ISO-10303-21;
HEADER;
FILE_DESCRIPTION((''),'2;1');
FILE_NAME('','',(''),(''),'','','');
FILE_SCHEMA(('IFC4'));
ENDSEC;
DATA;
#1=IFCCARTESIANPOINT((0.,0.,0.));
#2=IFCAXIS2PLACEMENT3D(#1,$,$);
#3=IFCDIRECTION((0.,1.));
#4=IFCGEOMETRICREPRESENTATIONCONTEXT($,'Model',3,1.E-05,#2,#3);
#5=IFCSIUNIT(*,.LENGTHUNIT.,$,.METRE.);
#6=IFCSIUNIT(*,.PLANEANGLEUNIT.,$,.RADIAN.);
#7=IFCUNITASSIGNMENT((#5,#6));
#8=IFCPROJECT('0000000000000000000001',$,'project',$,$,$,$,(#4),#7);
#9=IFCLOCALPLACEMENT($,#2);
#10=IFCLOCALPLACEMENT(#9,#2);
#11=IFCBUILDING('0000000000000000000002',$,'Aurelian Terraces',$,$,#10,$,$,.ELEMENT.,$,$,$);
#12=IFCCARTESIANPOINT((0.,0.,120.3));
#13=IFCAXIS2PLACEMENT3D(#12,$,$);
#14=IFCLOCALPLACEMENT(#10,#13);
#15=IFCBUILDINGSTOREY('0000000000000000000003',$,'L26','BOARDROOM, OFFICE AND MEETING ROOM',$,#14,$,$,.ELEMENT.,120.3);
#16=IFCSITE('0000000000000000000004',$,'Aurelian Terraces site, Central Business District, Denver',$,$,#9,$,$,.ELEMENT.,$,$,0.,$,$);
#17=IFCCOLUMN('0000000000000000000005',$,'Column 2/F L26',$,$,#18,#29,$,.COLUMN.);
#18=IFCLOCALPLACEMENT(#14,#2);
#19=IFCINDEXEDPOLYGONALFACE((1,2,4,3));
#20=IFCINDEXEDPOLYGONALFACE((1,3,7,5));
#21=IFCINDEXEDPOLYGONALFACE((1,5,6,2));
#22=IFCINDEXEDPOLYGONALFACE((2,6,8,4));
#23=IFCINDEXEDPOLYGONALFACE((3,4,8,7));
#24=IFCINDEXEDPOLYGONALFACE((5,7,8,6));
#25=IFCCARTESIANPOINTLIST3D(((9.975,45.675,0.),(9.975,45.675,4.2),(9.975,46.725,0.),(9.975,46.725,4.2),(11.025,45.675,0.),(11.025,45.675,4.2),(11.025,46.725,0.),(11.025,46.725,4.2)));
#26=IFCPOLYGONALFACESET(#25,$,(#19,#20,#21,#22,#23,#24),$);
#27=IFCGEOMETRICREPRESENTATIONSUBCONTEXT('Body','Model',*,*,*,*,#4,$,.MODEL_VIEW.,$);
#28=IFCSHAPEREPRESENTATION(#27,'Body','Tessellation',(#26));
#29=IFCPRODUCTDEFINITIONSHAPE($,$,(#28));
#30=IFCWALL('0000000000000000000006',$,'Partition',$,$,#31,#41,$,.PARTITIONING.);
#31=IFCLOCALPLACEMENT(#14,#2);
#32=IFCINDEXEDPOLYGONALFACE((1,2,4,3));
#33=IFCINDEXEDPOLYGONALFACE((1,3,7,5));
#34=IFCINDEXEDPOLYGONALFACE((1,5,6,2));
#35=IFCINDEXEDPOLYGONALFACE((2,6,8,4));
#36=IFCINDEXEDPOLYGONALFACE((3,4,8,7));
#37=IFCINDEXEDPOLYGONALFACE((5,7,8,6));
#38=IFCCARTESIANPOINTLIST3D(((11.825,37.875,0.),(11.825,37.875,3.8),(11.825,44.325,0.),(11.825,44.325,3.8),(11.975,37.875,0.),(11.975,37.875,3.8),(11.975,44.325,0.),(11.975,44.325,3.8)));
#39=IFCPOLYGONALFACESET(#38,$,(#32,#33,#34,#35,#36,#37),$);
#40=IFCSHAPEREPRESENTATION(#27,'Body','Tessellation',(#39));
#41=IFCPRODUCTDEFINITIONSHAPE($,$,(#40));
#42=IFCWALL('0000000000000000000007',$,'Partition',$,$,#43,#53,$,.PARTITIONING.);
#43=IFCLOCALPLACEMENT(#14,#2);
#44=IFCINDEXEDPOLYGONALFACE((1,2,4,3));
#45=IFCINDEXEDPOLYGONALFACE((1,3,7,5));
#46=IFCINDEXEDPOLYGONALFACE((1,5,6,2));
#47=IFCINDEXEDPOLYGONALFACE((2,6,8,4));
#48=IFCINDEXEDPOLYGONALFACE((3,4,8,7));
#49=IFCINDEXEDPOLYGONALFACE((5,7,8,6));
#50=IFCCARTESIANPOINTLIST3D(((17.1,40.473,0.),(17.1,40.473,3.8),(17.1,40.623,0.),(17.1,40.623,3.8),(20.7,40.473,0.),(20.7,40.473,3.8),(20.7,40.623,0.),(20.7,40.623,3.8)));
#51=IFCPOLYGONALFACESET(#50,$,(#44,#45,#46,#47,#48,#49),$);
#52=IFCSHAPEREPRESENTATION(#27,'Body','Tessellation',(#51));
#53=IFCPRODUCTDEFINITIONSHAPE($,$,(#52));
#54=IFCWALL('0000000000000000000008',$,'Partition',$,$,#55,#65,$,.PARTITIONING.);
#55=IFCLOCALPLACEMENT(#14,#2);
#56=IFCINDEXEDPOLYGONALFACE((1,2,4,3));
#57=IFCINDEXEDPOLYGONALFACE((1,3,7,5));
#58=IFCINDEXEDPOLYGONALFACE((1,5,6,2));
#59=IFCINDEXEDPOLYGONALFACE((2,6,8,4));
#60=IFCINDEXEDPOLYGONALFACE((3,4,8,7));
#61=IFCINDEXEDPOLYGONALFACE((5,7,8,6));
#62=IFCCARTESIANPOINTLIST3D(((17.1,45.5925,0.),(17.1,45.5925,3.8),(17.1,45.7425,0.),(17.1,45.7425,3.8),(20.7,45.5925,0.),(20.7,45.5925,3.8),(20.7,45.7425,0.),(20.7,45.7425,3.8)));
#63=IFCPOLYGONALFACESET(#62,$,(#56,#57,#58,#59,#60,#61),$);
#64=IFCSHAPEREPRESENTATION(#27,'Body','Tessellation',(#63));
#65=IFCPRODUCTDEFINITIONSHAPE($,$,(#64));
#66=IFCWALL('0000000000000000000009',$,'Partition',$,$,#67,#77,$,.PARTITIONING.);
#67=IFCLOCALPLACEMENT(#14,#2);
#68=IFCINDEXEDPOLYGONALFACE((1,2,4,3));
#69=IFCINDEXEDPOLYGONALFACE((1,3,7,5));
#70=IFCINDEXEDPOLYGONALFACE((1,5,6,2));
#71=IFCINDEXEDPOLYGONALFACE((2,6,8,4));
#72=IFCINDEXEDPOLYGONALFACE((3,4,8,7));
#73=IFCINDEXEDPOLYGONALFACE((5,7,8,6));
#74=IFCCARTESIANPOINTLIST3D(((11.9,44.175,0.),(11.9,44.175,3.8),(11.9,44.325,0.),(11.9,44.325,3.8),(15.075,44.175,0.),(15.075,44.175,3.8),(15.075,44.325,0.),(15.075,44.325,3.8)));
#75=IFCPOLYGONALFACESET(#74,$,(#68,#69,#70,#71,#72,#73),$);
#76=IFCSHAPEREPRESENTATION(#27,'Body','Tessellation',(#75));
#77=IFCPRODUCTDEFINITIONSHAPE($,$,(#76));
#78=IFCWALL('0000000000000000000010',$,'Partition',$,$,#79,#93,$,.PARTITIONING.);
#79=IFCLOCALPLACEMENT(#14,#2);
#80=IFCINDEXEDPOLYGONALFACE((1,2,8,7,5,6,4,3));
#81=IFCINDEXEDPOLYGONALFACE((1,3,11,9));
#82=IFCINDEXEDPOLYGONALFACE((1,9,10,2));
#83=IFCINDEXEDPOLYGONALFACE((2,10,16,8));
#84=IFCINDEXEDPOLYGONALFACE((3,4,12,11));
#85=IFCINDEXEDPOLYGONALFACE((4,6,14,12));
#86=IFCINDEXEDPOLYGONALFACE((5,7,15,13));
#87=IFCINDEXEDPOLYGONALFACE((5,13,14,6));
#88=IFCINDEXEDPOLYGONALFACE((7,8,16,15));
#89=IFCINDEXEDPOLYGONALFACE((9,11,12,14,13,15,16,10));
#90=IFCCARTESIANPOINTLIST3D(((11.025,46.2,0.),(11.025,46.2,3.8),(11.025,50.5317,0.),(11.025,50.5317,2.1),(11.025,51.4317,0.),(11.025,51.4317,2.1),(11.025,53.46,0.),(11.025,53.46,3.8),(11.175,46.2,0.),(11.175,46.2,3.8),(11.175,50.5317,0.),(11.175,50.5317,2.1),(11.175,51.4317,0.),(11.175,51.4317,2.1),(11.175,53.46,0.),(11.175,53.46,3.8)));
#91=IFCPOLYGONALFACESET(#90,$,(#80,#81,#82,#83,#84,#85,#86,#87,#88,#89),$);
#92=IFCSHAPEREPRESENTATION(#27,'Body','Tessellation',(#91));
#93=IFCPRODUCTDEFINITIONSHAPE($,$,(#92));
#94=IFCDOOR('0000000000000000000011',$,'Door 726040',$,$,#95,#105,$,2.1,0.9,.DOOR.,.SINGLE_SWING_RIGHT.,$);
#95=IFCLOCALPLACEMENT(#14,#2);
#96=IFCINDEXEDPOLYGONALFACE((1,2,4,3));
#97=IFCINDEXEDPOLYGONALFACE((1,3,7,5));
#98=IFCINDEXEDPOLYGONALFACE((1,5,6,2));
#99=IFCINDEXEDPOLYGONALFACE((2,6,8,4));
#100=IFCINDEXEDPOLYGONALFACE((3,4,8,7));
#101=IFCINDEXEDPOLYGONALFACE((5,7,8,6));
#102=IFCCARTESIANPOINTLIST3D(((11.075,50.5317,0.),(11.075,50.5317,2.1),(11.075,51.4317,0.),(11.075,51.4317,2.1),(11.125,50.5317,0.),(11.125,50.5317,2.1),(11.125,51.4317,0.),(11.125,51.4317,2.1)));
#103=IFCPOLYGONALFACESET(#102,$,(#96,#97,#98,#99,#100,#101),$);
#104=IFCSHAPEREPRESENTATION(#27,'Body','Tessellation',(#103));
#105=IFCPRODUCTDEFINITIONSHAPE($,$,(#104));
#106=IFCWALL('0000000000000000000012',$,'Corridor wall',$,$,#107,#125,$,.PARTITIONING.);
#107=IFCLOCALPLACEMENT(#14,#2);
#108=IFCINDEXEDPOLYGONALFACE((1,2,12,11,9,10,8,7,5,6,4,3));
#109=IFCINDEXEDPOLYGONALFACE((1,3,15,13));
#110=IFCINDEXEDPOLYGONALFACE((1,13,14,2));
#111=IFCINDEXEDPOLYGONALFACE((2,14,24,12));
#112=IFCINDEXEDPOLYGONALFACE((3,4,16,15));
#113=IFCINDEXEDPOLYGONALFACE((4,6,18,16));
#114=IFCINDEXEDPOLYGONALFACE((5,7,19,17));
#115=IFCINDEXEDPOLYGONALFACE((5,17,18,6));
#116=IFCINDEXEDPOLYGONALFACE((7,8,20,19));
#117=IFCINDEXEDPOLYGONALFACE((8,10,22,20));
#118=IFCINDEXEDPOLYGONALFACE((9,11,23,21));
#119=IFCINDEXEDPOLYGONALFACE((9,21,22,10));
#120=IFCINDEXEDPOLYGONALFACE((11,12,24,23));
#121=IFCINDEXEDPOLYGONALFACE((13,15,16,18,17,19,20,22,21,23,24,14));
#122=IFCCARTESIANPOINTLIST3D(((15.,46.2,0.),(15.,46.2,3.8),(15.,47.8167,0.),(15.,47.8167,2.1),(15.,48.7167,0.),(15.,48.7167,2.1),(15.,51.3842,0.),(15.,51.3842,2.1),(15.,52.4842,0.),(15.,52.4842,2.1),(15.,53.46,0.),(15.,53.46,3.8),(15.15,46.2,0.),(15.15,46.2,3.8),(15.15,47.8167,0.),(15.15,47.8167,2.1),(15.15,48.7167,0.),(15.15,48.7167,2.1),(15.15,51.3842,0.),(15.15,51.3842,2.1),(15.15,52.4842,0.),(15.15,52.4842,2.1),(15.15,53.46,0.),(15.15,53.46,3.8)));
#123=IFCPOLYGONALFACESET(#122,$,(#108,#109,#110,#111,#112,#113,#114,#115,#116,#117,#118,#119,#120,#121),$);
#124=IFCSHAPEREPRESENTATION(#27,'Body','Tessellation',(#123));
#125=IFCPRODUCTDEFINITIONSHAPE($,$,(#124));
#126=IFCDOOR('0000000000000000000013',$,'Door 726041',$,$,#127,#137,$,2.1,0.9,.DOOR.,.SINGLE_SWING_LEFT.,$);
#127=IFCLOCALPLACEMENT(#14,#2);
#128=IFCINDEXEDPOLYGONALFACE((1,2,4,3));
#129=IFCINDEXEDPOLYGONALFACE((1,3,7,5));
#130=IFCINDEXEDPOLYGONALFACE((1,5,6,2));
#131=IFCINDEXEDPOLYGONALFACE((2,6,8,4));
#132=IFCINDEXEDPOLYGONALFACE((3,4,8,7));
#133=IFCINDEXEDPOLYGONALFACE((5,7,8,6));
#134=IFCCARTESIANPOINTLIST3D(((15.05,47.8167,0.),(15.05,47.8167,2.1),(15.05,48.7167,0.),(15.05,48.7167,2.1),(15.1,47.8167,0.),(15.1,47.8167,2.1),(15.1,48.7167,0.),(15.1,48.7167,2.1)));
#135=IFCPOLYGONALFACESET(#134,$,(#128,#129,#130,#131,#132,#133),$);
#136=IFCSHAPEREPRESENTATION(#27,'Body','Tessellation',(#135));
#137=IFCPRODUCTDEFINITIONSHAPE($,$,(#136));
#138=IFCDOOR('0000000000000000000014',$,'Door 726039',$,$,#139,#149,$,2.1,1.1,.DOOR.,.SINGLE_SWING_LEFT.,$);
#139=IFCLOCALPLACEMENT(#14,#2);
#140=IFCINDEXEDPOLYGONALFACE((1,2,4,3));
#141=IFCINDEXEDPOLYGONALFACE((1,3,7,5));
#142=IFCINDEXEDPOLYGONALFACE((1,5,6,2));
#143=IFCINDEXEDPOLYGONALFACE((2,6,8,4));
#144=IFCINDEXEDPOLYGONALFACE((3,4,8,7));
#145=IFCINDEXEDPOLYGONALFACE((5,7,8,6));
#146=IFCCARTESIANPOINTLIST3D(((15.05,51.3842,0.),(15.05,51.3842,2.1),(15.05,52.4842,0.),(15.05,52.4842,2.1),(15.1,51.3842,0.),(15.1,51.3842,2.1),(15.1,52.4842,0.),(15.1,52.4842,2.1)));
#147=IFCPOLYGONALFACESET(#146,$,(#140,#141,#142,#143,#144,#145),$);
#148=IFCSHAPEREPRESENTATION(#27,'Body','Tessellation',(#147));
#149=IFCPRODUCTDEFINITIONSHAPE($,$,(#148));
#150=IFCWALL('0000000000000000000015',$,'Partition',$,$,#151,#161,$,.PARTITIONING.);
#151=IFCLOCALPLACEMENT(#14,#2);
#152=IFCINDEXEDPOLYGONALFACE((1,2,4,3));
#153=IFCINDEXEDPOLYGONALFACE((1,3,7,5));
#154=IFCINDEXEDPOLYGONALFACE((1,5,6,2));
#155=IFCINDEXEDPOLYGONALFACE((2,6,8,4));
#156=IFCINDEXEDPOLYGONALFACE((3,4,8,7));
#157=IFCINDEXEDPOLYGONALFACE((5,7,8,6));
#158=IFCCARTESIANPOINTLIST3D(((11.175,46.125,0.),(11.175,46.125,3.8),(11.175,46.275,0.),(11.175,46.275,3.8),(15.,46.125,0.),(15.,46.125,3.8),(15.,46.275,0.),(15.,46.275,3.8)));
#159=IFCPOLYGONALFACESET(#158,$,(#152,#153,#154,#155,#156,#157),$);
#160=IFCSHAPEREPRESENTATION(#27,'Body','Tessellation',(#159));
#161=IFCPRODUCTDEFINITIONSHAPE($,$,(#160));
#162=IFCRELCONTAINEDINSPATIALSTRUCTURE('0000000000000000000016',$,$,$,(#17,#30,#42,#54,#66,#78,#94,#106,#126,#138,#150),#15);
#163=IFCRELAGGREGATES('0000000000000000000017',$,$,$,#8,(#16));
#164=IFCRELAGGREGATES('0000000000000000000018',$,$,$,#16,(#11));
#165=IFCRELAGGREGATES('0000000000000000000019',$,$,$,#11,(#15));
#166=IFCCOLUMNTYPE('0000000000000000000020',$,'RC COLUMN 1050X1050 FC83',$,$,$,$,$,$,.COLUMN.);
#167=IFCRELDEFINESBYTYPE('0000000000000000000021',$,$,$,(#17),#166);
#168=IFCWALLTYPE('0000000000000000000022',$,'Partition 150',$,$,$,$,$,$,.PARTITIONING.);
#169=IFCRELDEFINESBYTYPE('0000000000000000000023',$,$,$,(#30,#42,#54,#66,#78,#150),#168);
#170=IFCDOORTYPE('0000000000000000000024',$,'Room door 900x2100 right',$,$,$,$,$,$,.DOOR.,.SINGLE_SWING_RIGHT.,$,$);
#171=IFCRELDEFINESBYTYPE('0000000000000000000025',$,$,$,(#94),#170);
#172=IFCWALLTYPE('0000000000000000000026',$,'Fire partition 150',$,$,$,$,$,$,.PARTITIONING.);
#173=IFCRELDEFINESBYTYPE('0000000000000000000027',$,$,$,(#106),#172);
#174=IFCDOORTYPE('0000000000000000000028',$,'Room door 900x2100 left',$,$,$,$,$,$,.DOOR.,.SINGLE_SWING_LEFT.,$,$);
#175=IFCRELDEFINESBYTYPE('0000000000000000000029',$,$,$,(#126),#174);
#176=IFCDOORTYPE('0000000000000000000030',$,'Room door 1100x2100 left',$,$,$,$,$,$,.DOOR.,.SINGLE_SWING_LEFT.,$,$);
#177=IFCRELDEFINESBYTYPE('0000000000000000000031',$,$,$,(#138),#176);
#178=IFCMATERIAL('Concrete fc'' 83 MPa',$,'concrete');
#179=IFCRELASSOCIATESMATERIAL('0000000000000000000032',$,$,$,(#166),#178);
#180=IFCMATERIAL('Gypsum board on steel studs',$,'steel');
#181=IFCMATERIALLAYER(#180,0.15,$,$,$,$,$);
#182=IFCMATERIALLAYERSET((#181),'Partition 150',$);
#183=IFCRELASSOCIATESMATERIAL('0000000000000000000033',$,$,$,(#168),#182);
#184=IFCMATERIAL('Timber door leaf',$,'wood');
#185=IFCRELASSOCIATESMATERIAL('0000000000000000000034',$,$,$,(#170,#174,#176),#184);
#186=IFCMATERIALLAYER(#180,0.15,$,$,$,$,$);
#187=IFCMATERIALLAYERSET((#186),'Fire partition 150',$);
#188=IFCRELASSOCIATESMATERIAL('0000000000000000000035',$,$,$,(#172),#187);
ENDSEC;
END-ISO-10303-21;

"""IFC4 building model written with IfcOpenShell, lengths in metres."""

from ifc_helpers import new_model, si_unit, direction, frame, frame_2d, origin, origin_2d, place, context, subcontext, project, spatial, rectangle, extrude, source, transform, mapped, material, layer, layer_set, material_profile, profile_set, type_object, element, fill, save


model = new_model("IFC4")

# Units and contexts
model_context = context("Model", 3, precision=1e-05, world=origin(), true_north=direction((0.0, 1.0)))
body_context = subcontext(model_context, "Body", "Model", "MODEL_VIEW")
ifc_project = project(units=[si_unit("LENGTHUNIT", "METRE"), si_unit("PLANEANGLEUNIT", "RADIAN")], contexts=[model_context])

# Site, building, storey
site_placement = place(None, origin())
site = spatial("IfcSite", under=ifc_project, at=site_placement, Name="Aurelian Terraces site, Central Business District, Denver", CompositionType="ELEMENT", RefElevation=0.0)
building_placement = place(site_placement, origin())
building = spatial("IfcBuilding", under=site, at=building_placement, Name="Aurelian Terraces", CompositionType="ELEMENT")
storey_placement = place(building_placement, frame((0.0, 0.0, 120.3)))
storey = spatial("IfcBuildingStorey", under=building, at=storey_placement, Name="L26", Description="BOARDROOM, OFFICE AND MEETING ROOM", CompositionType="ELEMENT", Elevation=120.3)

# Column
ifc_material_1 = material(Name="Concrete fc' 83 MPa", Category="concrete")
ifc_material_profile = material_profile(ifc_material_1, rectangle(XDim=1.05, YDim=1.05, at=origin_2d()))
ifc_profile_set = profile_set([ifc_material_profile], Name="Concrete fc' 83 MPa")
column_type = type_object("IfcColumnType", Name="RC COLUMN 1050X1050 FC83", PredefinedType="COLUMN", material=ifc_profile_set)
shared_shape_1 = source(origin(), body_context, "Body", "SweptSolid", [
    extrude(rectangle(XDim=1.05, YDim=1.05, at=origin_2d()), origin(), (0.0, 0.0, 1.0), 4.2),
])
column_placement = place(storey_placement, frame((10.5, 46.2, 0.0), z_axis=(0.0, 0.0, 1.0), x_axis=(1.0, 0.0, 0.0)))
element("IfcColumn", 1, at=column_placement, inside=storey, type_object=column_type, Name="Column 2/F L26", PredefinedType="COLUMN", context=body_context, shape_type="MappedRepresentation", body=[
    mapped(shared_shape_1, transform((0.0, 0.0, 0.0), scale=1.0)),
])

# Walls
ifc_material_2 = material(Name="Gypsum board on steel studs", Category="steel")
ifc_layer_1 = layer(ifc_material_2, 0.15)
ifc_layer_set_1 = layer_set([ifc_layer_1], Name="Partition 150")
wall_type_1 = type_object("IfcWallType", Name="Partition 150", PredefinedType="PARTITIONING", material=ifc_layer_set_1)
shared_shape_2 = source(origin(), body_context, "Body", "SweptSolid", [
    extrude(rectangle(XDim=6.45, YDim=0.15, at=frame_2d((3.225, 0.0))), origin(), (0.0, 0.0, 1.0), 3.8),
])
wall_1_placement = place(storey_placement, frame((11.9, 44.325, 0.0), z_axis=(0.0, 0.0, 1.0), x_axis=(0.0, -1.0, 0.0)))
element("IfcWall", 2, at=wall_1_placement, inside=storey, type_object=wall_type_1, Name="Partition", PredefinedType="PARTITIONING", context=body_context, shape_type="MappedRepresentation", body=[
    mapped(shared_shape_2, transform((0.0, 0.0, 0.0), scale=1.0)),
])
shared_shape_3 = source(origin(), body_context, "Body", "SweptSolid", [
    extrude(rectangle(XDim=3.6, YDim=0.15, at=frame_2d((1.8, 0.0))), origin(), (0.0, 0.0, 1.0), 3.8),
])
for number, where, z_axis, x_axis, name in (
    (3, (17.1, 40.548, 0.0), (0.0, 0.0, 1.0), (1.0, 0.0, 0.0), "Partition"),
    (4, (17.1, 45.6675, 0.0), (0.0, 0.0, 1.0), (1.0, 0.0, 0.0), "Partition"),
):
    element("IfcWall", number, at=place(storey_placement, frame(where, z_axis=z_axis, x_axis=x_axis)), inside=storey, type_object=wall_type_1, Name=name, PredefinedType="PARTITIONING", context=body_context, shape_type="MappedRepresentation", body=[
        mapped(shared_shape_3, transform((0.0, 0.0, 0.0), scale=1.0)),
    ])
shared_shape_4 = source(origin(), body_context, "Body", "SweptSolid", [
    extrude(rectangle(XDim=3.175, YDim=0.15, at=frame_2d((1.5875, 0.0))), origin(), (0.0, 0.0, 1.0), 3.8),
])
wall_2_placement = place(storey_placement, frame((15.075, 44.25, 0.0), z_axis=(0.0, 0.0, 1.0), x_axis=(-1.0, 0.0, 0.0)))
element("IfcWall", 5, at=wall_2_placement, inside=storey, type_object=wall_type_1, Name="Partition", PredefinedType="PARTITIONING", context=body_context, shape_type="MappedRepresentation", body=[
    mapped(shared_shape_4, transform((0.0, 0.0, 0.0), scale=1.0)),
])

# Wall, opening, door
shared_shape_5 = source(origin(), body_context, "Body", "SweptSolid", [
    extrude(rectangle(XDim=7.26, YDim=0.15, at=frame_2d((3.63, 0.0))), origin(), (0.0, 0.0, 1.0), 3.8),
])
wall_3_placement = place(storey_placement, frame((11.1, 46.2, 0.0), z_axis=(0.0, 0.0, 1.0), x_axis=(0.0, 1.0, 0.0)))
wall_3 = element("IfcWall", 6, at=wall_3_placement, inside=storey, type_object=wall_type_1, Name="Partition", PredefinedType="PARTITIONING", context=body_context, shape_type="MappedRepresentation", body=[
    mapped(shared_shape_5, transform((0.0, 0.0, 0.0), scale=1.0)),
])
shared_shape_6 = source(origin(), body_context, "Body", "SweptSolid", [
    extrude(rectangle(XDim=0.9, YDim=2.1, at=frame_2d((0.45, 1.05))), frame((0.0, 0.085, 0.0), z_axis=(0.0, -1.0, 0.0), x_axis=(1.0, 0.0, 0.0)), (0.0, 0.0, 1.0), 0.17),
])
opening_1_placement = place(wall_3_placement, frame((4.3317, 0.0, 0.0)))
opening_1 = element("IfcOpeningElement", 7, at=opening_1_placement, cuts=wall_3, PredefinedType="OPENING", context=body_context, shape_type="MappedRepresentation", body=[
    mapped(shared_shape_6, transform((0.0, 0.0, 0.0), scale=1.0)),
])
ifc_material_3 = material(Name="Timber door leaf", Category="wood")
door_type_1 = type_object("IfcDoorType", Name="Room door 900x2100 right", OperationType="SINGLE_SWING_RIGHT", PredefinedType="DOOR", material=ifc_material_3)
shared_shape_7 = source(origin(), body_context, "Body", "SweptSolid", [
    extrude(rectangle(XDim=0.9, YDim=2.1, at=frame_2d((0.45, 1.05))), frame((0.0, 0.025, 0.0), z_axis=(0.0, -1.0, 0.0), x_axis=(1.0, 0.0, 0.0)), (0.0, 0.0, 1.0), 0.05),
])
door_1_placement = place(opening_1_placement, origin())
door_1 = element("IfcDoor", 8, at=door_1_placement, inside=storey, type_object=door_type_1, Name="Door 726040", OperationType="SINGLE_SWING_RIGHT", OverallHeight=2.1, OverallWidth=0.9, PredefinedType="DOOR", context=body_context, shape_type="MappedRepresentation", body=[
    mapped(shared_shape_7, transform((0.0, 0.0, 0.0), scale=1.0)),
])
fill(opening_1, door_1)

# Wall, openings, doors
ifc_layer_2 = layer(ifc_material_2, 0.15)
ifc_layer_set_2 = layer_set([ifc_layer_2], Name="Fire partition 150")
wall_type_2 = type_object("IfcWallType", Name="Fire partition 150", PredefinedType="PARTITIONING", material=ifc_layer_set_2)
wall_4_placement = place(storey_placement, frame((15.075, 46.2, 0.0), z_axis=(0.0, 0.0, 1.0), x_axis=(0.0, 1.0, 0.0)))
wall_4 = element("IfcWall", 9, at=wall_4_placement, inside=storey, type_object=wall_type_2, Name="Corridor wall", PredefinedType="PARTITIONING", context=body_context, shape_type="MappedRepresentation", body=[
    mapped(shared_shape_5, transform((0.0, 0.0, 0.0), scale=1.0)),
])
shared_shape_8 = source(origin(), body_context, "Body", "SweptSolid", [
    extrude(rectangle(XDim=1.1, YDim=2.1, at=frame_2d((0.55, 1.05))), frame((0.0, 0.085, 0.0), z_axis=(0.0, -1.0, 0.0), x_axis=(1.0, 0.0, 0.0)), (0.0, 0.0, 1.0), 0.17),
])
opening_2_placement = place(wall_4_placement, frame((5.1842, 0.0, 0.0)))
opening_2 = element("IfcOpeningElement", 10, at=opening_2_placement, cuts=wall_4, PredefinedType="OPENING", context=body_context, shape_type="MappedRepresentation", body=[
    mapped(shared_shape_8, transform((0.0, 0.0, 0.0), scale=1.0)),
])
opening_3_placement = place(wall_4_placement, frame((1.6167, 0.0, 0.0)))
opening_3 = element("IfcOpeningElement", 11, at=opening_3_placement, cuts=wall_4, PredefinedType="OPENING", context=body_context, shape_type="MappedRepresentation", body=[
    mapped(shared_shape_6, transform((0.0, 0.0, 0.0), scale=1.0)),
])
door_type_2 = type_object("IfcDoorType", Name="Room door 900x2100 left", OperationType="SINGLE_SWING_LEFT", PredefinedType="DOOR", material=ifc_material_3)
door_2_placement = place(opening_3_placement, origin())
door_2 = element("IfcDoor", 12, at=door_2_placement, inside=storey, type_object=door_type_2, Name="Door 726041", OperationType="SINGLE_SWING_LEFT", OverallHeight=2.1, OverallWidth=0.9, PredefinedType="DOOR", context=body_context, shape_type="MappedRepresentation", body=[
    mapped(shared_shape_7, transform((0.0, 0.0, 0.0), scale=1.0)),
])
fill(opening_3, door_2)
door_type_3 = type_object("IfcDoorType", Name="Room door 1100x2100 left", OperationType="SINGLE_SWING_LEFT", PredefinedType="DOOR", material=ifc_material_3)
shared_shape_9 = source(origin(), body_context, "Body", "SweptSolid", [
    extrude(rectangle(XDim=1.1, YDim=2.1, at=frame_2d((0.55, 1.05))), frame((0.0, 0.025, 0.0), z_axis=(0.0, -1.0, 0.0), x_axis=(1.0, 0.0, 0.0)), (0.0, 0.0, 1.0), 0.05),
])
door_3_placement = place(opening_2_placement, origin())
door_3 = element("IfcDoor", 13, at=door_3_placement, inside=storey, type_object=door_type_3, Name="Door 726039", OperationType="SINGLE_SWING_LEFT", OverallHeight=2.1, OverallWidth=1.1, PredefinedType="DOOR", context=body_context, shape_type="MappedRepresentation", body=[
    mapped(shared_shape_9, transform((0.0, 0.0, 0.0), scale=1.0)),
])
fill(opening_2, door_3)

# Wall
shared_shape_10 = source(origin(), body_context, "Body", "SweptSolid", [
    extrude(rectangle(XDim=3.825, YDim=0.15, at=frame_2d((1.9125, 0.0))), origin(), (0.0, 0.0, 1.0), 3.8),
])
wall_5_placement = place(storey_placement, frame((15.0, 46.2, 0.0), z_axis=(0.0, 0.0, 1.0), x_axis=(-1.0, 0.0, 0.0)))
element("IfcWall", 14, at=wall_5_placement, inside=storey, type_object=wall_type_1, Name="Partition", PredefinedType="PARTITIONING", context=body_context, shape_type="MappedRepresentation", body=[
    mapped(shared_shape_10, transform((0.0, 0.0, 0.0), scale=1.0)),
])

save(model, "model.ifc")
